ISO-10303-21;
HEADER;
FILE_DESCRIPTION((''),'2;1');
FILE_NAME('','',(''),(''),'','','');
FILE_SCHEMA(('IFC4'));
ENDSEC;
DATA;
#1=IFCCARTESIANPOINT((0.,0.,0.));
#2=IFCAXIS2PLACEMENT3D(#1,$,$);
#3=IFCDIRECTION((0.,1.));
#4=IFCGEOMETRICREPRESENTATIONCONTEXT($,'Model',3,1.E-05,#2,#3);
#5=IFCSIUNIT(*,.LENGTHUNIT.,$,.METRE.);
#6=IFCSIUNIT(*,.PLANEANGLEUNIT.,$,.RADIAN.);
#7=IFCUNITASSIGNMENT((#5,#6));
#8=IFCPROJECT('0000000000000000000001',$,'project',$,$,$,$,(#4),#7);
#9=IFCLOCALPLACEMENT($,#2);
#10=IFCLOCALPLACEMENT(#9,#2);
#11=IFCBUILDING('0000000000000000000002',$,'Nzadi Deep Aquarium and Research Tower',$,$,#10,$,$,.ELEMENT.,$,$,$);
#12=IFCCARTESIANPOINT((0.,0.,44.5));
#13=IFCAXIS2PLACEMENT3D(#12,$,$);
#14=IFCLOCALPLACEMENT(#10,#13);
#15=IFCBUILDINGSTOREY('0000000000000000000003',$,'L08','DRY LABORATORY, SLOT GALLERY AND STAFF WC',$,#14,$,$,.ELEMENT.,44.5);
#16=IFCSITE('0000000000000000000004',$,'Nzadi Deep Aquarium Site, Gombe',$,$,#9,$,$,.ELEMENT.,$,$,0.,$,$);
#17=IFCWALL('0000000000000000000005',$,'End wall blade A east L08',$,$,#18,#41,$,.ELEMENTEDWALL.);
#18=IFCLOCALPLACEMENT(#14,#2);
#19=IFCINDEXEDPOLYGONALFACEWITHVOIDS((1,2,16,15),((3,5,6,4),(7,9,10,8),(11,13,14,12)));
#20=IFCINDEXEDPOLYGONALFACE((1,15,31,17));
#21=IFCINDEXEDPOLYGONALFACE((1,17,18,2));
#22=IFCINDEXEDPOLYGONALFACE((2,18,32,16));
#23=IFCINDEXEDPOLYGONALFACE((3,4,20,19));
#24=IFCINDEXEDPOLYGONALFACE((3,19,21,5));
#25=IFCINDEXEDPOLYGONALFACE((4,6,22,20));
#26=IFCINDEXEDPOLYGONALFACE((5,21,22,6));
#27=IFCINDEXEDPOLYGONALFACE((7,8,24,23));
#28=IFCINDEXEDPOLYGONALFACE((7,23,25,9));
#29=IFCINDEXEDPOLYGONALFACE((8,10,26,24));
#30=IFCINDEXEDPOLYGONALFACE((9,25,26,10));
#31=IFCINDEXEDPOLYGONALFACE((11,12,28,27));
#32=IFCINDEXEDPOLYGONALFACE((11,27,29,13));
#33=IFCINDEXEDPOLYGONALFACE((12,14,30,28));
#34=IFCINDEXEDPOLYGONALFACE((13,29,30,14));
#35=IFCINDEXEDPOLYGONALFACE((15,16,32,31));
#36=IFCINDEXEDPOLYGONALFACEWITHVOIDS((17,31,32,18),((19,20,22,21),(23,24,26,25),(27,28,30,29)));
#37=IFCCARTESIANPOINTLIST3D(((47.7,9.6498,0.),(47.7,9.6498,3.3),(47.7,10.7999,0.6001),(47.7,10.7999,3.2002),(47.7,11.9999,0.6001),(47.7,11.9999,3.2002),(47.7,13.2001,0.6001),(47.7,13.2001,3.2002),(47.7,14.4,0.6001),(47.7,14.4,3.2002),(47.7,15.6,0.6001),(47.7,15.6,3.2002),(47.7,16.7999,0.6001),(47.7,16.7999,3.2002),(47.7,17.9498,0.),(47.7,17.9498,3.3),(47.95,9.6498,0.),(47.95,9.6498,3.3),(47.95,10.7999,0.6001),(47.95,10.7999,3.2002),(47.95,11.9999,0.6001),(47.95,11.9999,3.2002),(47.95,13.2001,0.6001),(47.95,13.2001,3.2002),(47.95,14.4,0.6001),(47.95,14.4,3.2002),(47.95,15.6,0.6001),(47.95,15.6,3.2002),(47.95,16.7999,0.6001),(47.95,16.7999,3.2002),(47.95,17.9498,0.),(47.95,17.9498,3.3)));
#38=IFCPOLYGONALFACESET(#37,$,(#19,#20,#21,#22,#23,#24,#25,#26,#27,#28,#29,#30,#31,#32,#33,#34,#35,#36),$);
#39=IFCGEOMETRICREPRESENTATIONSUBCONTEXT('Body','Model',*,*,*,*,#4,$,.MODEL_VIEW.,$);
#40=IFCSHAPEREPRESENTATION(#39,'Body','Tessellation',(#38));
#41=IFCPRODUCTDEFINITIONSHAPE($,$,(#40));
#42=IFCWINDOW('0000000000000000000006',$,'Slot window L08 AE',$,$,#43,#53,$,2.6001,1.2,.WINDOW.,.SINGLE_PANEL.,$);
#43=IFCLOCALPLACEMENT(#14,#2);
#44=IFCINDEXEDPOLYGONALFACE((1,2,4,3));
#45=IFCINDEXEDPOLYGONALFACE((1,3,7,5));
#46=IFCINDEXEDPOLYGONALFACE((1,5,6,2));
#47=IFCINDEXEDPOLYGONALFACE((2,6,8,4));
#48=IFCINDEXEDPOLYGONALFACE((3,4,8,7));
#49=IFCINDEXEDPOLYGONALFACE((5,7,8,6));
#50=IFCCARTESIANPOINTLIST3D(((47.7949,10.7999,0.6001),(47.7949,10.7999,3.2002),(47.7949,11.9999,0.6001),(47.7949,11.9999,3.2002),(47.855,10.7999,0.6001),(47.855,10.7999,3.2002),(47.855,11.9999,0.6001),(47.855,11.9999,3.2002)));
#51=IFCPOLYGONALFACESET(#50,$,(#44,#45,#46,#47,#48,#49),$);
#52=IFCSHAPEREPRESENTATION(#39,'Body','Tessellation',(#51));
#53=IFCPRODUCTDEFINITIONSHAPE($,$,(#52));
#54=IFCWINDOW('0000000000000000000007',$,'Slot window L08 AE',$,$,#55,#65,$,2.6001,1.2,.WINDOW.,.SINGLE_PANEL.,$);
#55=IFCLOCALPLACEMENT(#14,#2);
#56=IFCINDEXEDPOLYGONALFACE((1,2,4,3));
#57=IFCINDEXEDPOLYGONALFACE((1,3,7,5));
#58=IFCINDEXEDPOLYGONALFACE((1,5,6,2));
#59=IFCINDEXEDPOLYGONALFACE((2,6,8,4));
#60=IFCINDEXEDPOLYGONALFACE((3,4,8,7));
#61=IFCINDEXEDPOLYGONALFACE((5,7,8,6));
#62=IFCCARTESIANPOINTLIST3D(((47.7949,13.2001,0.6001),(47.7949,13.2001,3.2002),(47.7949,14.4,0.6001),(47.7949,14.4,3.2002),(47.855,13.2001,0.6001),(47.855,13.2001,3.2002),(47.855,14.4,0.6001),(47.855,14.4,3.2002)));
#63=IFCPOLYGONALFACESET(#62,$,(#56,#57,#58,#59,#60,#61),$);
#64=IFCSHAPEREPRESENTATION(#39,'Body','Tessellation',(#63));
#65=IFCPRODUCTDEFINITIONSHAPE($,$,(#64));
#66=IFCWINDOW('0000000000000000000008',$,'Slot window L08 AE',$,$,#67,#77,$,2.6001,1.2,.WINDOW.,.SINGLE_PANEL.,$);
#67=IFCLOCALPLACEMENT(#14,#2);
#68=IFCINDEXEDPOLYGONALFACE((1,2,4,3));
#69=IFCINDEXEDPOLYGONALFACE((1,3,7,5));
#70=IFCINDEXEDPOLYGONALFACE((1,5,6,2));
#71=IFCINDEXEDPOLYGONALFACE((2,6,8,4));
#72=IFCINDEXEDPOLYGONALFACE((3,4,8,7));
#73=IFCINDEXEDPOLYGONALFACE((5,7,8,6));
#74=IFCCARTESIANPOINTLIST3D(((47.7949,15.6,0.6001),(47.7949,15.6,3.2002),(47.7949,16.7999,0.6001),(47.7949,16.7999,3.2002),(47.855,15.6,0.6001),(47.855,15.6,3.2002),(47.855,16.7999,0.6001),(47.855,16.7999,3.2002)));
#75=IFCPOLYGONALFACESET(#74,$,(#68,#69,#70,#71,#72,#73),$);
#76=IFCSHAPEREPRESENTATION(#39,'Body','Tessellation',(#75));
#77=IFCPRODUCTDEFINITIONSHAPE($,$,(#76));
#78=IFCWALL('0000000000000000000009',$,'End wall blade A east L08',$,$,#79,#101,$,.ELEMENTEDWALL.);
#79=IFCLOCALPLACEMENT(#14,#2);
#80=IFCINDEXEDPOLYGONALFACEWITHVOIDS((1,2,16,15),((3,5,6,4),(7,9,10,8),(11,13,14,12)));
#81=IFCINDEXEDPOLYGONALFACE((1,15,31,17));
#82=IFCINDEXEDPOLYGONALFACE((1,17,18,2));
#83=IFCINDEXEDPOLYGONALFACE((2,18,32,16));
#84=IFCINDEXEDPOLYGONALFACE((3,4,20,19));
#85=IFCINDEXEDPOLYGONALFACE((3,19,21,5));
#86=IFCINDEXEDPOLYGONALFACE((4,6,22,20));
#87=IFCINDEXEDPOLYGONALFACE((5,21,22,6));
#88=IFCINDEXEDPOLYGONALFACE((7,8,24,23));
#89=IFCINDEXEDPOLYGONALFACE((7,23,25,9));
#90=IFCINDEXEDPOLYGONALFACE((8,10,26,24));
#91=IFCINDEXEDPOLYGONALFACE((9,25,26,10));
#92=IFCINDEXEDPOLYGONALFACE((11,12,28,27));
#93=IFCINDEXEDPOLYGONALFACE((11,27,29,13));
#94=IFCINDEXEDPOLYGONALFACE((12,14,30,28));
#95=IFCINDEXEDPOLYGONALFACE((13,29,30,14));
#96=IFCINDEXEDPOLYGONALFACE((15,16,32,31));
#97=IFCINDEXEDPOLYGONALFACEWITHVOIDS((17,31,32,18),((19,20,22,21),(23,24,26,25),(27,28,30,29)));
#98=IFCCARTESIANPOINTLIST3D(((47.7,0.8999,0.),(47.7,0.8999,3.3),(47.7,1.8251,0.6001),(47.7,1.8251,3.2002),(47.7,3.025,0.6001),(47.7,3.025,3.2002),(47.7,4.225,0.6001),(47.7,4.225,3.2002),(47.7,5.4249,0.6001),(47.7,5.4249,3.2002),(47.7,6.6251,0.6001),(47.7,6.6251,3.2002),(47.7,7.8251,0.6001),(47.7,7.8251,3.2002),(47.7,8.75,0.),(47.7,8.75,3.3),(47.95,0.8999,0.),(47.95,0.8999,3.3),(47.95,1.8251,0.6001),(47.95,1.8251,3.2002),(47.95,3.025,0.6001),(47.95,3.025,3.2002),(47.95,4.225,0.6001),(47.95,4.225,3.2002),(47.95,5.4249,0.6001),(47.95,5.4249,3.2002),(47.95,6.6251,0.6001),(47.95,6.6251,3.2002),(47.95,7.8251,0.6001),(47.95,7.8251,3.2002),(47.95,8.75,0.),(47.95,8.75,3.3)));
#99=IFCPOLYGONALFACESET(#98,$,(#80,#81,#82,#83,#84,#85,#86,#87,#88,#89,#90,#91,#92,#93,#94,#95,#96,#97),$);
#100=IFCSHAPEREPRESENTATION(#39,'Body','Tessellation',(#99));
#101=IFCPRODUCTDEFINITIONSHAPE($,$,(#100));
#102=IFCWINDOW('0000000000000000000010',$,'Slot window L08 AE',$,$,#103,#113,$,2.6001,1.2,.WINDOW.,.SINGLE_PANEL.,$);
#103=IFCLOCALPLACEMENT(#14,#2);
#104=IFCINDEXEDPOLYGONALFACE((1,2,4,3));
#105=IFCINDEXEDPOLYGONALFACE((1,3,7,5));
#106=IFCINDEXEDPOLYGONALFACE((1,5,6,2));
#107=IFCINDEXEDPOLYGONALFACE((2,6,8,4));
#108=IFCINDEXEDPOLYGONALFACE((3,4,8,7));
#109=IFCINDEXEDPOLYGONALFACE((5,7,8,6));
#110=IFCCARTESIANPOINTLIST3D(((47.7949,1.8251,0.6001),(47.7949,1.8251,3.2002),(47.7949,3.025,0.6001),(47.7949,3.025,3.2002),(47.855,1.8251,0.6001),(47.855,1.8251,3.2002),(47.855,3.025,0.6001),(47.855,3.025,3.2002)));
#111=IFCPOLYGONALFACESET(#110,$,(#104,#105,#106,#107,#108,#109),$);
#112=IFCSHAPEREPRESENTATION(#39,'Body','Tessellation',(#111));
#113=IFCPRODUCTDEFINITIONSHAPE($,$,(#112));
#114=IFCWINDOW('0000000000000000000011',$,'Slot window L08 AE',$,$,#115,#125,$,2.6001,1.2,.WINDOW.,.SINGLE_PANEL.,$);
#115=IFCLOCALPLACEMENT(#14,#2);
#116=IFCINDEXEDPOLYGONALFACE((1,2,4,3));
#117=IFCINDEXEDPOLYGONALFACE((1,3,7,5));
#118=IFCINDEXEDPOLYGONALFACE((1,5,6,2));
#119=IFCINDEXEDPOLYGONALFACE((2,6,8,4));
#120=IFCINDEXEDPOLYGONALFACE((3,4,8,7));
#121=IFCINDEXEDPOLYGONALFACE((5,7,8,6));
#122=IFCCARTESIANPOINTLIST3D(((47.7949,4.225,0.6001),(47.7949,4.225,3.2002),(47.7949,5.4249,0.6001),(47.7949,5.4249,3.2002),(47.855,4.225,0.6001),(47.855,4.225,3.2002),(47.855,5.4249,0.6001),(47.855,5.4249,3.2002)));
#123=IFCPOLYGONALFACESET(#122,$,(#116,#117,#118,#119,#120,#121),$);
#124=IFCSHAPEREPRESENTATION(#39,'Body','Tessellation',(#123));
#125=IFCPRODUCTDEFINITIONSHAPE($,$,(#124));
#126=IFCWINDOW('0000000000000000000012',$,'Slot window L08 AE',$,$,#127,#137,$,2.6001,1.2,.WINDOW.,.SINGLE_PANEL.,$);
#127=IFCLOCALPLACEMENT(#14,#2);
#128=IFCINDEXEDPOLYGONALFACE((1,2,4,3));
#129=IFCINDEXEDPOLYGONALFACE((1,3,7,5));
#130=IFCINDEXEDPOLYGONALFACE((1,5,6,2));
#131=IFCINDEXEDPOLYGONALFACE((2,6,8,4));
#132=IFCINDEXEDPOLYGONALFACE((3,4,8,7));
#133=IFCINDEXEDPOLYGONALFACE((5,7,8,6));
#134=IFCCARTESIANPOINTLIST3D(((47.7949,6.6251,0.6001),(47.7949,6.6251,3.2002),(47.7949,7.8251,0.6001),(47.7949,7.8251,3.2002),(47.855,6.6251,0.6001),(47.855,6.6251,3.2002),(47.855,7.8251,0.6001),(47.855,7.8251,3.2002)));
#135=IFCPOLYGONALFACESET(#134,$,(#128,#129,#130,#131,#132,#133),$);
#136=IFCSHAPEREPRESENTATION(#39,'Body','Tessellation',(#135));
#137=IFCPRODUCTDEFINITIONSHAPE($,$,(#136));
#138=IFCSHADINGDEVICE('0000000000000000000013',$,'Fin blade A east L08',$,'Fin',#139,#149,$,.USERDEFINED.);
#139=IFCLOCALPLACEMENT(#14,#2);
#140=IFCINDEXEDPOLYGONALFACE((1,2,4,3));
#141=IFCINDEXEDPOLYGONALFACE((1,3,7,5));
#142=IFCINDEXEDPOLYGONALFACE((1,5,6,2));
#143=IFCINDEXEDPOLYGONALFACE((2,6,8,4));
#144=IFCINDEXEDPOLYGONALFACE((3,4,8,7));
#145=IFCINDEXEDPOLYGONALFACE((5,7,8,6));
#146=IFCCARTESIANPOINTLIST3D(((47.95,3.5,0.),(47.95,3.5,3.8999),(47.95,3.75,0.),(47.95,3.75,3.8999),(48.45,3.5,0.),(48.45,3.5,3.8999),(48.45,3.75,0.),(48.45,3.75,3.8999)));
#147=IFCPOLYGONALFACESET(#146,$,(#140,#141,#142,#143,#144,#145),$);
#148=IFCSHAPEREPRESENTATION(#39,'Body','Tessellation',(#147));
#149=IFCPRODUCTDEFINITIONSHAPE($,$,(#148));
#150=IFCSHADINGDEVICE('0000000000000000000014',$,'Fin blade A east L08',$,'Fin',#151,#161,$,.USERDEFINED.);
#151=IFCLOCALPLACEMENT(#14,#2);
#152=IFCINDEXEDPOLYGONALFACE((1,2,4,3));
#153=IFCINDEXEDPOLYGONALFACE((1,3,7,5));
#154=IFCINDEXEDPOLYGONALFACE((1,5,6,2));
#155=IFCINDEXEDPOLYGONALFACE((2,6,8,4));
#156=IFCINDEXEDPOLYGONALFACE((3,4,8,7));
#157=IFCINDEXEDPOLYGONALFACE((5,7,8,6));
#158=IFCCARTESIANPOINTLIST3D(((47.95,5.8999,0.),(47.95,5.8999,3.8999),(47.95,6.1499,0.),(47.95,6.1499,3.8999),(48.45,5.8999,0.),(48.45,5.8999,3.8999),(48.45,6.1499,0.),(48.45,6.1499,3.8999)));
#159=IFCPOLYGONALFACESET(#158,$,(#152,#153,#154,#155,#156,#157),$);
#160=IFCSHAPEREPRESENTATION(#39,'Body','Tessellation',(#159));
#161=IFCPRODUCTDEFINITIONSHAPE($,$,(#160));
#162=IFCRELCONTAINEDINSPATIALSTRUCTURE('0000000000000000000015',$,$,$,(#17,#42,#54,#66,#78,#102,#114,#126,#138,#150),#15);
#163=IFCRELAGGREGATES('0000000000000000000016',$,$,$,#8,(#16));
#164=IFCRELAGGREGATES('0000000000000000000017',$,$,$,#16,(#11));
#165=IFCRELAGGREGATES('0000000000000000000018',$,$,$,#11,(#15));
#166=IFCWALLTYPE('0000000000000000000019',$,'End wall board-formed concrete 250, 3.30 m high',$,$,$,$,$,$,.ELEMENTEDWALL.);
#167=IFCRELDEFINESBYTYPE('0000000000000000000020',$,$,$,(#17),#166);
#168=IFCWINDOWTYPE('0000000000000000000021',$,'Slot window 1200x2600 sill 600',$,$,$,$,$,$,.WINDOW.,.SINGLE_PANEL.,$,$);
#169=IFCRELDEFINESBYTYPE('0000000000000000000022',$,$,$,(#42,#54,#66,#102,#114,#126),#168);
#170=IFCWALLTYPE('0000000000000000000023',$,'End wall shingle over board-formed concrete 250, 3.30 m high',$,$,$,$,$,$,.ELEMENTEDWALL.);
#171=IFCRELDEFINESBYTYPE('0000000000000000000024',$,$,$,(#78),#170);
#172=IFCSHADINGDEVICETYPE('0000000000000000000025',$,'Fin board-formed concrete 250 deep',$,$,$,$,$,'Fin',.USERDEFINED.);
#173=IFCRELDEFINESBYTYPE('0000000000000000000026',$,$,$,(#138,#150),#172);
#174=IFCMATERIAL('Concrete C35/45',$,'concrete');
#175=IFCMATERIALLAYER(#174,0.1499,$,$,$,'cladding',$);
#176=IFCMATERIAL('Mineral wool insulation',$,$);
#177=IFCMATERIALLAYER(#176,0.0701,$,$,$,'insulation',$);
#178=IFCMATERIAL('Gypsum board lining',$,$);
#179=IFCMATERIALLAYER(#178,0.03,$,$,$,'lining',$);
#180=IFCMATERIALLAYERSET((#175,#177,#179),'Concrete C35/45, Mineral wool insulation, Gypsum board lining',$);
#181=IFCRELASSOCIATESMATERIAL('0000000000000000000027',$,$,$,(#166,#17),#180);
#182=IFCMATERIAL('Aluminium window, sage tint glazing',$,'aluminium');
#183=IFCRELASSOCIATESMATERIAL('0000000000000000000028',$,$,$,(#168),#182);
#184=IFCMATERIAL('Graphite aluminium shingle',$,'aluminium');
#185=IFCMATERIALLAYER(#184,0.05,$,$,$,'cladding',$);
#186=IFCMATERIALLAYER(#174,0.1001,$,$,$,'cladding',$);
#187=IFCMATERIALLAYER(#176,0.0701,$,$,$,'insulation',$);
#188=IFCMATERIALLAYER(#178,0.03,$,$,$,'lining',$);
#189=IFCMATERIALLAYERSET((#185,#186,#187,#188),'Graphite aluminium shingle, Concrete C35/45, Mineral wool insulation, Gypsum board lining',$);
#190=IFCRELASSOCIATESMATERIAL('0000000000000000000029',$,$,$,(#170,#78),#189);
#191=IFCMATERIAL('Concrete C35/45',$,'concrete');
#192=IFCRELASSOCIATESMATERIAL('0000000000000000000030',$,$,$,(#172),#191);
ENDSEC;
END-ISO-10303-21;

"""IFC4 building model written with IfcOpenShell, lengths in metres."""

from ifc_helpers import new_model, si_unit, direction, frame, frame_2d, origin, origin_2d, place, context, subcontext, project, spatial, rectangle, extrude, material, layer, layer_set, layer_usage, type_object, element, fill, save


model = new_model("IFC4")

# Units and contexts
model_context = context("Model", 3, precision=1e-05, world=origin(), true_north=direction((0.0, 1.0)))
body_context = subcontext(model_context, "Body", "Model", "MODEL_VIEW")
ifc_project = project(units=[si_unit("LENGTHUNIT", "METRE"), si_unit("PLANEANGLEUNIT", "RADIAN")], contexts=[model_context])

# Site, building, storey
site_placement = place(None, origin())
site = spatial("IfcSite", under=ifc_project, at=site_placement, Name="Nzadi Deep Aquarium Site, Gombe", CompositionType="ELEMENT", RefElevation=0.0)
building_placement = place(site_placement, origin())
building = spatial("IfcBuilding", under=site, at=building_placement, Name="Nzadi Deep Aquarium and Research Tower", CompositionType="ELEMENT")
storey_placement = place(building_placement, frame((0.0, 0.0, 44.5)))
storey = spatial("IfcBuildingStorey", under=building, at=storey_placement, Name="L08", Description="DRY LABORATORY, SLOT GALLERY AND STAFF WC", CompositionType="ELEMENT", Elevation=44.5)

# Walls, openings, windows
ifc_material_1 = material(Name="Concrete C35/45", Category="concrete")
ifc_layer_1 = layer(ifc_material_1, 0.1499, Category="cladding")
ifc_material_2 = material(Name="Mineral wool insulation")
ifc_layer_2 = layer(ifc_material_2, 0.0701, Category="insulation")
ifc_material_3 = material(Name="Gypsum board lining")
ifc_layer_3 = layer(ifc_material_3, 0.03, Category="lining")
ifc_layer_set_1 = layer_set([ifc_layer_1, ifc_layer_2, ifc_layer_3], Name="Concrete C35/45, Mineral wool insulation, Gypsum board lining")
ifc_layer_usage_1 = layer_usage(ifc_layer_set_1, "AXIS2", "POSITIVE", -0.125)
wall_type_1 = type_object("IfcWallType", Name="End wall board-formed concrete 250, 3.30 m high", PredefinedType="ELEMENTEDWALL", material=ifc_layer_set_1)
wall_1_placement = place(storey_placement, frame((47.825, 9.6499, 0.0), z_axis=(0.0, 0.0, 1.0), x_axis=(0.0, 1.0, 0.0)))
wall_1 = element("IfcWall", 1, at=wall_1_placement, inside=storey, type_object=wall_type_1, material=ifc_layer_usage_1, Name="End wall blade A east L08", PredefinedType="ELEMENTEDWALL", context=body_context, shape_type="SweptSolid", body=[
    extrude(rectangle(XDim=8.3, YDim=0.25, at=frame_2d((4.1499, 0.0))), origin(), (0.0, 0.0, 1.0), 3.3),
])
opening_1_placement = place(wall_1_placement, frame((1.1499, 0.0, 0.6001)))
opening_1 = element("IfcOpeningElement", 2, at=opening_1_placement, cuts=wall_1, PredefinedType="OPENING", context=body_context, shape_type="SweptSolid", body=[
    extrude(rectangle(XDim=1.2, YDim=2.6001, at=frame_2d((0.6001, 1.3))), frame((0.0, 0.135, 0.0), z_axis=(0.0, -1.0, 0.0), x_axis=(1.0, 0.0, 0.0)), (0.0, 0.0, 1.0), 0.27),
])
opening_2_placement = place(wall_1_placement, frame((3.55, 0.0, 0.6001)))
opening_2 = element("IfcOpeningElement", 3, at=opening_2_placement, cuts=wall_1, PredefinedType="OPENING", context=body_context, shape_type="SweptSolid", body=[
    extrude(rectangle(XDim=1.2, YDim=2.6001, at=frame_2d((0.6001, 1.3))), frame((0.0, 0.135, 0.0), z_axis=(0.0, -1.0, 0.0), x_axis=(1.0, 0.0, 0.0)), (0.0, 0.0, 1.0), 0.27),
])
opening_3_placement = place(wall_1_placement, frame((5.95, 0.0, 0.6001)))
opening_3 = element("IfcOpeningElement", 4, at=opening_3_placement, cuts=wall_1, PredefinedType="OPENING", context=body_context, shape_type="SweptSolid", body=[
    extrude(rectangle(XDim=1.2, YDim=2.6001, at=frame_2d((0.6001, 1.3))), frame((0.0, 0.135, 0.0), z_axis=(0.0, -1.0, 0.0), x_axis=(1.0, 0.0, 0.0)), (0.0, 0.0, 1.0), 0.27),
])
ifc_material_4 = material(Name="Aluminium window, sage tint glazing", Category="aluminium")
window_type = type_object("IfcWindowType", Name="Slot window 1200x2600 sill 600", PartitioningType="SINGLE_PANEL", PredefinedType="WINDOW", material=ifc_material_4)
window_1_placement = place(opening_1_placement, origin())
window_1 = element("IfcWindow", 5, at=window_1_placement, inside=storey, type_object=window_type, Name="Slot window L08 AE", OverallHeight=2.6001, OverallWidth=1.2, PartitioningType="SINGLE_PANEL", PredefinedType="WINDOW", context=body_context, shape_type="SweptSolid", body=[
    extrude(rectangle(XDim=1.2, YDim=2.6001, at=frame_2d((0.6001, 1.3))), frame((0.0, 0.03, 0.0), z_axis=(0.0, -1.0, 0.0), x_axis=(1.0, 0.0, 0.0)), (0.0, 0.0, 1.0), 0.0601),
])
fill(opening_1, window_1)
window_2_placement = place(opening_2_placement, origin())
window_2 = element("IfcWindow", 6, at=window_2_placement, inside=storey, type_object=window_type, Name="Slot window L08 AE", OverallHeight=2.6001, OverallWidth=1.2, PartitioningType="SINGLE_PANEL", PredefinedType="WINDOW", context=body_context, shape_type="SweptSolid", body=[
    extrude(rectangle(XDim=1.2, YDim=2.6001, at=frame_2d((0.6001, 1.3))), frame((0.0, 0.03, 0.0), z_axis=(0.0, -1.0, 0.0), x_axis=(1.0, 0.0, 0.0)), (0.0, 0.0, 1.0), 0.0601),
])
fill(opening_2, window_2)
window_3_placement = place(opening_3_placement, origin())
window_3 = element("IfcWindow", 7, at=window_3_placement, inside=storey, type_object=window_type, Name="Slot window L08 AE", OverallHeight=2.6001, OverallWidth=1.2, PartitioningType="SINGLE_PANEL", PredefinedType="WINDOW", context=body_context, shape_type="SweptSolid", body=[
    extrude(rectangle(XDim=1.2, YDim=2.6001, at=frame_2d((0.6001, 1.3))), frame((0.0, 0.03, 0.0), z_axis=(0.0, -1.0, 0.0), x_axis=(1.0, 0.0, 0.0)), (0.0, 0.0, 1.0), 0.0601),
])
fill(opening_3, window_3)
ifc_material_5 = material(Name="Graphite aluminium shingle", Category="aluminium")
ifc_layer_4 = layer(ifc_material_5, 0.05, Category="cladding")
ifc_layer_5 = layer(ifc_material_1, 0.1001, Category="cladding")
ifc_layer_6 = layer(ifc_material_2, 0.0701, Category="insulation")
ifc_layer_7 = layer(ifc_material_3, 0.03, Category="lining")
ifc_layer_set_2 = layer_set([ifc_layer_4, ifc_layer_5, ifc_layer_6, ifc_layer_7], Name="Graphite aluminium shingle, Concrete C35/45, Mineral wool insulation, Gypsum board lining")
ifc_layer_usage_2 = layer_usage(ifc_layer_set_2, "AXIS2", "POSITIVE", -0.125)
wall_type_2 = type_object("IfcWallType", Name="End wall shingle over board-formed concrete 250, 3.30 m high", PredefinedType="ELEMENTEDWALL", material=ifc_layer_set_2)
wall_2_placement = place(storey_placement, frame((47.825, 0.8999, 0.0), z_axis=(0.0, 0.0, 1.0), x_axis=(0.0, 1.0, 0.0)))
wall_2 = element("IfcWall", 8, at=wall_2_placement, inside=storey, type_object=wall_type_2, material=ifc_layer_usage_2, Name="End wall blade A east L08", PredefinedType="ELEMENTEDWALL", context=body_context, shape_type="SweptSolid", body=[
    extrude(rectangle(XDim=7.8501, YDim=0.25, at=frame_2d((3.925, 0.0))), origin(), (0.0, 0.0, 1.0), 3.3),
])
opening_4_placement = place(wall_2_placement, frame((0.925, 0.0, 0.6001)))
opening_4 = element("IfcOpeningElement", 9, at=opening_4_placement, cuts=wall_2, PredefinedType="OPENING", context=body_context, shape_type="SweptSolid", body=[
    extrude(rectangle(XDim=1.2, YDim=2.6001, at=frame_2d((0.6001, 1.3))), frame((0.0, 0.135, 0.0), z_axis=(0.0, -1.0, 0.0), x_axis=(1.0, 0.0, 0.0)), (0.0, 0.0, 1.0), 0.27),
])
opening_5_placement = place(wall_2_placement, frame((3.325, 0.0, 0.6001)))
opening_5 = element("IfcOpeningElement", 10, at=opening_5_placement, cuts=wall_2, PredefinedType="OPENING", context=body_context, shape_type="SweptSolid", body=[
    extrude(rectangle(XDim=1.2, YDim=2.6001, at=frame_2d((0.6001, 1.3))), frame((0.0, 0.135, 0.0), z_axis=(0.0, -1.0, 0.0), x_axis=(1.0, 0.0, 0.0)), (0.0, 0.0, 1.0), 0.27),
])
opening_6_placement = place(wall_2_placement, frame((5.7251, 0.0, 0.6001)))
opening_6 = element("IfcOpeningElement", 11, at=opening_6_placement, cuts=wall_2, PredefinedType="OPENING", context=body_context, shape_type="SweptSolid", body=[
    extrude(rectangle(XDim=1.2, YDim=2.6001, at=frame_2d((0.6001, 1.3))), frame((0.0, 0.135, 0.0), z_axis=(0.0, -1.0, 0.0), x_axis=(1.0, 0.0, 0.0)), (0.0, 0.0, 1.0), 0.27),
])
window_4_placement = place(opening_4_placement, origin())
window_4 = element("IfcWindow", 12, at=window_4_placement, inside=storey, type_object=window_type, Name="Slot window L08 AE", OverallHeight=2.6001, OverallWidth=1.2, PartitioningType="SINGLE_PANEL", PredefinedType="WINDOW", context=body_context, shape_type="SweptSolid", body=[
    extrude(rectangle(XDim=1.2, YDim=2.6001, at=frame_2d((0.6001, 1.3))), frame((0.0, 0.03, 0.0), z_axis=(0.0, -1.0, 0.0), x_axis=(1.0, 0.0, 0.0)), (0.0, 0.0, 1.0), 0.0601),
])
fill(opening_4, window_4)
window_5_placement = place(opening_5_placement, origin())
window_5 = element("IfcWindow", 13, at=window_5_placement, inside=storey, type_object=window_type, Name="Slot window L08 AE", OverallHeight=2.6001, OverallWidth=1.2, PartitioningType="SINGLE_PANEL", PredefinedType="WINDOW", context=body_context, shape_type="SweptSolid", body=[
    extrude(rectangle(XDim=1.2, YDim=2.6001, at=frame_2d((0.6001, 1.3))), frame((0.0, 0.03, 0.0), z_axis=(0.0, -1.0, 0.0), x_axis=(1.0, 0.0, 0.0)), (0.0, 0.0, 1.0), 0.0601),
])
fill(opening_5, window_5)
window_6_placement = place(opening_6_placement, origin())
window_6 = element("IfcWindow", 14, at=window_6_placement, inside=storey, type_object=window_type, Name="Slot window L08 AE", OverallHeight=2.6001, OverallWidth=1.2, PartitioningType="SINGLE_PANEL", PredefinedType="WINDOW", context=body_context, shape_type="SweptSolid", body=[
    extrude(rectangle(XDim=1.2, YDim=2.6001, at=frame_2d((0.6001, 1.3))), frame((0.0, 0.03, 0.0), z_axis=(0.0, -1.0, 0.0), x_axis=(1.0, 0.0, 0.0)), (0.0, 0.0, 1.0), 0.0601),
])
fill(opening_6, window_6)

# Shading devices
ifc_material_6 = material(Name="Concrete C35/45", Category="concrete")
shading_device_type = type_object("IfcShadingDeviceType", Name="Fin board-formed concrete 250 deep", ElementType="Fin", PredefinedType="USERDEFINED", material=ifc_material_6)
for number, where, z_axis, x_axis, name in (
    (15, (48.2, 3.625, 0.0), (0.0, 0.0, 1.0), (1.0, 0.0, 0.0), "Fin blade A east L08"),
    (16, (48.2, 6.0249, 0.0), (0.0, 0.0, 1.0), (1.0, 0.0, 0.0), "Fin blade A east L08"),
):
    element("IfcShadingDevice", number, at=place(storey_placement, frame(where, z_axis=z_axis, x_axis=x_axis)), inside=storey, type_object=shading_device_type, Name=name, ObjectType="Fin", PredefinedType="USERDEFINED", context=body_context, shape_type="SweptSolid", body=[
        extrude(rectangle(XDim=0.5, YDim=0.25, at=origin_2d()), origin(), (0.0, 0.0, 1.0), 3.8999),
    ])

save(model, "model.ifc")
